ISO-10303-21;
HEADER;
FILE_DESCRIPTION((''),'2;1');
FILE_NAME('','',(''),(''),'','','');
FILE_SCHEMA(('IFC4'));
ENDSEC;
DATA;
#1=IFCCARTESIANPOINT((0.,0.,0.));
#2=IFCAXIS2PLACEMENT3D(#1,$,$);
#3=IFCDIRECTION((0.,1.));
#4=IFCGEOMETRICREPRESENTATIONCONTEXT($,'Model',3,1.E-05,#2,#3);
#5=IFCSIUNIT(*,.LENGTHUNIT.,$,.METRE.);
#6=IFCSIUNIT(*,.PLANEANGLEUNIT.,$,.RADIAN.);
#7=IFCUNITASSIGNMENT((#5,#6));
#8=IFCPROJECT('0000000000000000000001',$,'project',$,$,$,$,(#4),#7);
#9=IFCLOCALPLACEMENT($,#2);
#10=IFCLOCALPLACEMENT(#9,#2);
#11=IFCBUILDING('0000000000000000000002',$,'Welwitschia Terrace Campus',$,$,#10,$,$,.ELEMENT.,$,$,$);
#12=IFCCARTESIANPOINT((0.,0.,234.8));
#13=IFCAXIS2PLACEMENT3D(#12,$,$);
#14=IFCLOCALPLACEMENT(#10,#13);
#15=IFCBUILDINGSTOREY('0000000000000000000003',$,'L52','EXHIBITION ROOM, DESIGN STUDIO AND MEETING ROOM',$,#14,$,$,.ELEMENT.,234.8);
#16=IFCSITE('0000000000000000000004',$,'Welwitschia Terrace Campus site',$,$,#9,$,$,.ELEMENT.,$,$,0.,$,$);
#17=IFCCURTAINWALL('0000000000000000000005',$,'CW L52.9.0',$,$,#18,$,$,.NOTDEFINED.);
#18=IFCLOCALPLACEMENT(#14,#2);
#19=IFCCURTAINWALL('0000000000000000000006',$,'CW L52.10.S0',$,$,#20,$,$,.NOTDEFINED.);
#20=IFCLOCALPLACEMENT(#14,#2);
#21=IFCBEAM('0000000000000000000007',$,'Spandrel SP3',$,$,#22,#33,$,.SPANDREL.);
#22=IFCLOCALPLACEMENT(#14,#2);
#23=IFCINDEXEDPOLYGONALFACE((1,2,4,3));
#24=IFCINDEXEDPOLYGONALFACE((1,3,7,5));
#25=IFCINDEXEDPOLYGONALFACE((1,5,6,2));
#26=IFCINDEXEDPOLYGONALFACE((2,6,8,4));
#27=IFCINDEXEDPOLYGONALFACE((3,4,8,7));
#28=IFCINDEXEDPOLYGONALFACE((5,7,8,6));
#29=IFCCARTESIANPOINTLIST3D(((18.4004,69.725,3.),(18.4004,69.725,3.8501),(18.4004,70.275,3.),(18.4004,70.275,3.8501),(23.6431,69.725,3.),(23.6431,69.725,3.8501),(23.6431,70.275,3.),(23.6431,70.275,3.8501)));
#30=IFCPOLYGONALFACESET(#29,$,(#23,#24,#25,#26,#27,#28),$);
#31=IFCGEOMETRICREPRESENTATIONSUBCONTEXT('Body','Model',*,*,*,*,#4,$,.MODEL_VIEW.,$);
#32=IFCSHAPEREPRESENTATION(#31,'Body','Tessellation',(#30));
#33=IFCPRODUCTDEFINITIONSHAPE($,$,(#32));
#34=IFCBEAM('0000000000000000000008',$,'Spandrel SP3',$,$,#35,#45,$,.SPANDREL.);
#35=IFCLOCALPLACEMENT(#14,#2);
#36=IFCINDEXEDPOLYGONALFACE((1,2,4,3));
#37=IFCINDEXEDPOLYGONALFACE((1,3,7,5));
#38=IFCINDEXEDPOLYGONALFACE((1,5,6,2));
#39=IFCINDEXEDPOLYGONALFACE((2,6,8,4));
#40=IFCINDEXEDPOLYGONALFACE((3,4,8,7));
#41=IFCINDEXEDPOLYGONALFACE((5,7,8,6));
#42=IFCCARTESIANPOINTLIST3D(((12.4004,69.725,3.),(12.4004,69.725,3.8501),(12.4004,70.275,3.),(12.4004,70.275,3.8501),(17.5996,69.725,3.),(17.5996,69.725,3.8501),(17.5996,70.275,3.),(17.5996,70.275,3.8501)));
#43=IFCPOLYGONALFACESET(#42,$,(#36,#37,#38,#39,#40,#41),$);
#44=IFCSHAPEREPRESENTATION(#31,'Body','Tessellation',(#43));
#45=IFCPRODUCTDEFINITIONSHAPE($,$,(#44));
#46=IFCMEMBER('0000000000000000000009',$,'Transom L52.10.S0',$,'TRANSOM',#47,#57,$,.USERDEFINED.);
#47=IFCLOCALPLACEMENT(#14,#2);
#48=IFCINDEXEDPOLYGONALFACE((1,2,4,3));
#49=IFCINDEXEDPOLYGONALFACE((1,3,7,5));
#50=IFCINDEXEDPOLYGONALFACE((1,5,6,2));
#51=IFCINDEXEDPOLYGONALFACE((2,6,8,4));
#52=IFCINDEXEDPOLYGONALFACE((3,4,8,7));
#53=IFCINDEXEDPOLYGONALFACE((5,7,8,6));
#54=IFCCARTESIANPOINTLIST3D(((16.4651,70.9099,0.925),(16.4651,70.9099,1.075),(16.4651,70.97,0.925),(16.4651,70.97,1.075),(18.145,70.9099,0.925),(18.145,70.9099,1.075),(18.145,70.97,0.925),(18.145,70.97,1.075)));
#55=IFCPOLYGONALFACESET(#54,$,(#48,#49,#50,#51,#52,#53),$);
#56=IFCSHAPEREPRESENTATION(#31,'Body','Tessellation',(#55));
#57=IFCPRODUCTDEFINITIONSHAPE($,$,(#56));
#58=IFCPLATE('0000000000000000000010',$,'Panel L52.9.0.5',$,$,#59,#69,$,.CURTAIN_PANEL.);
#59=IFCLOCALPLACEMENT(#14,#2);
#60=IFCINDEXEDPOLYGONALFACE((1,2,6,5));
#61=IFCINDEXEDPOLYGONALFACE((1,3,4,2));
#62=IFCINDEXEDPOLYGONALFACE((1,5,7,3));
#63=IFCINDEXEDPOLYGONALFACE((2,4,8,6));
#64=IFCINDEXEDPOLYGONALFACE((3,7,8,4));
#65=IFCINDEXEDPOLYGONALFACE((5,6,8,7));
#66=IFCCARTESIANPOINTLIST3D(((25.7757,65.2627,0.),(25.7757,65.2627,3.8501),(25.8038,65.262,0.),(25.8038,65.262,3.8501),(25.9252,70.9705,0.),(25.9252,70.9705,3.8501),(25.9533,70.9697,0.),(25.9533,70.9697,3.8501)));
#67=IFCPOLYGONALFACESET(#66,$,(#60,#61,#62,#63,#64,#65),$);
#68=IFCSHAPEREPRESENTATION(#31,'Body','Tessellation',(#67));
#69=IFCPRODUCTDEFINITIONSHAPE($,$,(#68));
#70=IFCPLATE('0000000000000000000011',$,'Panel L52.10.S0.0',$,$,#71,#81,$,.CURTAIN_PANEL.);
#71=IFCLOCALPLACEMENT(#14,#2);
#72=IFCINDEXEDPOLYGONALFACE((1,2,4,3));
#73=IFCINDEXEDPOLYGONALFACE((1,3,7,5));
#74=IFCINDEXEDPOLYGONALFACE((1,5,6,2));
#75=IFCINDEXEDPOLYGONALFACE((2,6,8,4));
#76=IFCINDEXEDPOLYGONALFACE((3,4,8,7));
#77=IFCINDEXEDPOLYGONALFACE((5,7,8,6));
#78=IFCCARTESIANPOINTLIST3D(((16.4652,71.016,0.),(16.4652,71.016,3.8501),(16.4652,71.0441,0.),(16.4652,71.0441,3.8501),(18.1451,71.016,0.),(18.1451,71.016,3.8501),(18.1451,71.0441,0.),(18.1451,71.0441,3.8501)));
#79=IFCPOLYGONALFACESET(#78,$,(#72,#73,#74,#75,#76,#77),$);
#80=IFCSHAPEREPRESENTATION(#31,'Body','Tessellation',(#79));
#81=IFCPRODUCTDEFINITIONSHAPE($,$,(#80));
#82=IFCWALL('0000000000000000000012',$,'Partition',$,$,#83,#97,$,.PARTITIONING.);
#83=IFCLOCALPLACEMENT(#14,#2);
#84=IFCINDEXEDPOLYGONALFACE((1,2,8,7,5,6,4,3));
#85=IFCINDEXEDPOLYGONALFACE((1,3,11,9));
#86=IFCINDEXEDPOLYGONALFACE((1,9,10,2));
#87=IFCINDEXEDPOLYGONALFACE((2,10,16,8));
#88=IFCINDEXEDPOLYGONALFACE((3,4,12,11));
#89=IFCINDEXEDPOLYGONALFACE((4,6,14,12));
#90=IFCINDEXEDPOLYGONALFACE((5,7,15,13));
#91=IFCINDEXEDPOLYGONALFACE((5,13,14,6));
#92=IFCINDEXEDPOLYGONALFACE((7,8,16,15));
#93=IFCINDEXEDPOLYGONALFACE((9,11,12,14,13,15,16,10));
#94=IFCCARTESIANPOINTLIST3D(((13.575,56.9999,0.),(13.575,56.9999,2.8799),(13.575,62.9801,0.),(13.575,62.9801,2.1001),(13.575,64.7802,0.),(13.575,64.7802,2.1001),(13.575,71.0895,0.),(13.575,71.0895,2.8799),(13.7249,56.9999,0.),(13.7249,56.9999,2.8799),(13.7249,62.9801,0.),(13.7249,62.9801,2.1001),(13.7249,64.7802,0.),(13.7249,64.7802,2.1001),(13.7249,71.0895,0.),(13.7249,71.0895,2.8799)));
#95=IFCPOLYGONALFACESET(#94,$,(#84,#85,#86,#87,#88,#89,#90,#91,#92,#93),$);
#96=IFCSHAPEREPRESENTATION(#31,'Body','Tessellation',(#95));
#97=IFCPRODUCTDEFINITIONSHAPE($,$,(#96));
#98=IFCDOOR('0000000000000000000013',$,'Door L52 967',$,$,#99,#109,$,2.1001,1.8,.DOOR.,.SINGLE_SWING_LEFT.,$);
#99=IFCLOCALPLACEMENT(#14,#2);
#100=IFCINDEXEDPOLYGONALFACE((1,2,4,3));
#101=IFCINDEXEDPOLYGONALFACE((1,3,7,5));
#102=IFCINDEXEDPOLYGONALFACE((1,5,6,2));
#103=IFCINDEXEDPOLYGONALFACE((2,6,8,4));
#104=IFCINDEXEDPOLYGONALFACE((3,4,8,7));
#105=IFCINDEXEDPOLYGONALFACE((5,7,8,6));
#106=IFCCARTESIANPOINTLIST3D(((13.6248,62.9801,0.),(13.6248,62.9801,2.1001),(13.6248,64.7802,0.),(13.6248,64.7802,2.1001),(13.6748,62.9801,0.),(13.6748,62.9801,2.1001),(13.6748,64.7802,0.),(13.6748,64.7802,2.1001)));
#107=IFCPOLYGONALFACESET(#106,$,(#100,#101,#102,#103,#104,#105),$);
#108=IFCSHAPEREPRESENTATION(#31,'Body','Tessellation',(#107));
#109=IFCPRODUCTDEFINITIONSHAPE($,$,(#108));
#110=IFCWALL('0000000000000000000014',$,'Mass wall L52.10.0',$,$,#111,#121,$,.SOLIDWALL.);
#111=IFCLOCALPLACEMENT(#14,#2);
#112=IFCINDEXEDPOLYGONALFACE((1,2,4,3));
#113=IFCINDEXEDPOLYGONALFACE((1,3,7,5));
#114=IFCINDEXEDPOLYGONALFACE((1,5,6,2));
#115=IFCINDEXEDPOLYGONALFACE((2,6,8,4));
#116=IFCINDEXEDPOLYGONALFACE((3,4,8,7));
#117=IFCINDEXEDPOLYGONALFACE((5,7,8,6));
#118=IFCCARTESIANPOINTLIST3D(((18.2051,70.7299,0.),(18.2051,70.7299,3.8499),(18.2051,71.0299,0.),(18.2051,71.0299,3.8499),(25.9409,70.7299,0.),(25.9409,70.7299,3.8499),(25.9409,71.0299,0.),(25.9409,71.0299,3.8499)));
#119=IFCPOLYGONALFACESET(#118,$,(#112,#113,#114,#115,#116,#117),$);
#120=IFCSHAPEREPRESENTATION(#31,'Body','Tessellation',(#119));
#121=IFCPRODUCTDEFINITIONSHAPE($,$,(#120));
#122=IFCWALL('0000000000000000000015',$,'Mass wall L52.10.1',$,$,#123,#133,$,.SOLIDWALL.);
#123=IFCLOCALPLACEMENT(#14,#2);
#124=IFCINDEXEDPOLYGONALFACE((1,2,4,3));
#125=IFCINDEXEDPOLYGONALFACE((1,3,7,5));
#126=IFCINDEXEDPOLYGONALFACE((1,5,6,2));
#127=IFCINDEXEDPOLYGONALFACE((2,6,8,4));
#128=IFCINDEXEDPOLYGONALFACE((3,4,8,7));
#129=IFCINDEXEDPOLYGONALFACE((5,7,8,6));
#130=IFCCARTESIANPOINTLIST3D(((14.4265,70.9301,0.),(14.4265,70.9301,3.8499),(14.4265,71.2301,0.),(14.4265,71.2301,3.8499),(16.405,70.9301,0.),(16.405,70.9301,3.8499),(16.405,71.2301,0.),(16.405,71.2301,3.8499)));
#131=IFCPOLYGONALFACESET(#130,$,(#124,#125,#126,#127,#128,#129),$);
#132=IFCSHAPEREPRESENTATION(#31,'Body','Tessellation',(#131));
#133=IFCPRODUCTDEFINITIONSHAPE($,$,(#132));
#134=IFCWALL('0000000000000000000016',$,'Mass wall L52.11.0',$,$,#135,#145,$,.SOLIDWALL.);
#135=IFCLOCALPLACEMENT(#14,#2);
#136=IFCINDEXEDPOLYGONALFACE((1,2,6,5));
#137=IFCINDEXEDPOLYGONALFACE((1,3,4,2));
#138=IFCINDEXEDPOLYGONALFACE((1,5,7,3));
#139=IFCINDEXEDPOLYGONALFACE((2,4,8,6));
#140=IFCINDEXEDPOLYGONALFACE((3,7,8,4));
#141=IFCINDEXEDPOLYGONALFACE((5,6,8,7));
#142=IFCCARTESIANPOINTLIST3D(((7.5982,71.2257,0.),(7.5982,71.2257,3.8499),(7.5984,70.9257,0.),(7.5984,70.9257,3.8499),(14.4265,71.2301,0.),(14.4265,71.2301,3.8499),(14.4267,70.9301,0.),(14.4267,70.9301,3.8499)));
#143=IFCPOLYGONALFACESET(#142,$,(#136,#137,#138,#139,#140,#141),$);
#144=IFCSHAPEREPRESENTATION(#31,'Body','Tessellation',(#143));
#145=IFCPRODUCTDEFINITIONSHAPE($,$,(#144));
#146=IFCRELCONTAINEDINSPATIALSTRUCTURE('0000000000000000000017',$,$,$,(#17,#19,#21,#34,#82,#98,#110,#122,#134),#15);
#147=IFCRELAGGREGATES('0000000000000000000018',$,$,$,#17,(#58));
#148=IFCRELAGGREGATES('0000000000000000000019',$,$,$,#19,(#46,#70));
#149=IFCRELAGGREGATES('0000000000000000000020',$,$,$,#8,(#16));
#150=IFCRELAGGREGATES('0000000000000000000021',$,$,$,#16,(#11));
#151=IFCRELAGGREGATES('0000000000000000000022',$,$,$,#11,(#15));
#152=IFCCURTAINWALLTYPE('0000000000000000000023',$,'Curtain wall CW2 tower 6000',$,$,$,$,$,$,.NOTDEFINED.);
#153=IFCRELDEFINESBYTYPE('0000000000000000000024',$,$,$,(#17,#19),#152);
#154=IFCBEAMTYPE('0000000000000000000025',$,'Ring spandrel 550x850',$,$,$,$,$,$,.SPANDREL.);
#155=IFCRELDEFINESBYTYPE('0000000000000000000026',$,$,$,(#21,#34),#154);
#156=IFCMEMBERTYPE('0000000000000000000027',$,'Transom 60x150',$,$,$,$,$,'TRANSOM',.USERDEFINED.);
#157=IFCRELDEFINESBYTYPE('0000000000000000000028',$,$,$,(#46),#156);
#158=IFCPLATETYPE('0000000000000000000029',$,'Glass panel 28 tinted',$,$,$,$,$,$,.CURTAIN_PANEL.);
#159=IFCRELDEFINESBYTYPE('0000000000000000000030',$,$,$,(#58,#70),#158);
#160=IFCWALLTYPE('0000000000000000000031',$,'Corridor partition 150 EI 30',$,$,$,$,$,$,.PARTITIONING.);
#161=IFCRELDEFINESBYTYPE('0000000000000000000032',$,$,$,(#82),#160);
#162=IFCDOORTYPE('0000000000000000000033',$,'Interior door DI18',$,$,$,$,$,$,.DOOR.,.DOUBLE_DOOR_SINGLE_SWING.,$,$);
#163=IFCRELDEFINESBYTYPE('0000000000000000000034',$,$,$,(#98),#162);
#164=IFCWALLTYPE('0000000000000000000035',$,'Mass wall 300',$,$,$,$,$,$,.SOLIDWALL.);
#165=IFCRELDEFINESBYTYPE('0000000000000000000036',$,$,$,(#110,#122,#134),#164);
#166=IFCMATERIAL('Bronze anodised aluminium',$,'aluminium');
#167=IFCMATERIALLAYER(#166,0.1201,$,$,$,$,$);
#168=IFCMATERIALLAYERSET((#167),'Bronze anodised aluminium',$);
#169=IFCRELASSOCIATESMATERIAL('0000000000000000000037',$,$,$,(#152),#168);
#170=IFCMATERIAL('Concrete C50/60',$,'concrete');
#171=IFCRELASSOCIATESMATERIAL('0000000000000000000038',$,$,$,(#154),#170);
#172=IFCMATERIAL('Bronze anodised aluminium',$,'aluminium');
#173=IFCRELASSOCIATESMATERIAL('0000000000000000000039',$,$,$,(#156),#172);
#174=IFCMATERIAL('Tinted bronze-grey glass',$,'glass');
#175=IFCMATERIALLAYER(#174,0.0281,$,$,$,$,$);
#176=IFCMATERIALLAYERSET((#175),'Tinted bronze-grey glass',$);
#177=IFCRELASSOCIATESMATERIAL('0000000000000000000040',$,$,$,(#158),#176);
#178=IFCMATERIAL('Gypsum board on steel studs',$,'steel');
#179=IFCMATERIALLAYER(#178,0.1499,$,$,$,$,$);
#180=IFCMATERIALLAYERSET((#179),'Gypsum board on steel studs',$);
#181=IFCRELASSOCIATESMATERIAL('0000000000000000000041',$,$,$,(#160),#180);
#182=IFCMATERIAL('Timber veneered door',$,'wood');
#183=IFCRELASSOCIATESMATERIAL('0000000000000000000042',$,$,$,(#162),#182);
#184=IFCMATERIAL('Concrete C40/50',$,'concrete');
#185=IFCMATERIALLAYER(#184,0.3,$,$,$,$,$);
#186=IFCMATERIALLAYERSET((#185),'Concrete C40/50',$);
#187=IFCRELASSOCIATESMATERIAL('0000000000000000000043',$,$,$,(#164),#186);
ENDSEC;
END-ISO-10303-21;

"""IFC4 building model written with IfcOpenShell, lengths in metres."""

from ifc_helpers import new_model, si_unit, direction, frame, frame_2d, origin, origin_2d, place, context, subcontext, project, spatial, rectangle, extrude, material, layer, layer_set, material_profile, profile_set, type_object, element, fill, aggregate, save


model = new_model("IFC4")

# Units and contexts
model_context = context("Model", 3, precision=1e-05, world=origin(), true_north=direction((0.0, 1.0)))
body_context = subcontext(model_context, "Body", "Model", "MODEL_VIEW")
ifc_project = project(units=[si_unit("LENGTHUNIT", "METRE"), si_unit("PLANEANGLEUNIT", "RADIAN")], contexts=[model_context])

# Site, building, storey
site_placement = place(None, origin())
site = spatial("IfcSite", under=ifc_project, at=site_placement, Name="Welwitschia Terrace Campus site", CompositionType="ELEMENT", RefElevation=0.0)
building_placement = place(site_placement, origin())
building = spatial("IfcBuilding", under=site, at=building_placement, Name="Welwitschia Terrace Campus", CompositionType="ELEMENT")
storey_placement = place(building_placement, frame((0.0, 0.0, 234.8)))
storey = spatial("IfcBuildingStorey", under=building, at=storey_placement, Name="L52", Description="EXHIBITION ROOM, DESIGN STUDIO AND MEETING ROOM", CompositionType="ELEMENT", Elevation=234.8)

# Curtain walls
ifc_material_1 = material(Name="Bronze anodised aluminium", Category="aluminium")
ifc_layer_1 = layer(ifc_material_1, 0.1201)
ifc_layer_set_1 = layer_set([ifc_layer_1], Name="Bronze anodised aluminium")
curtain_wall_type = type_object("IfcCurtainWallType", Name="Curtain wall CW2 tower 6000", PredefinedType="NOTDEFINED", material=ifc_layer_set_1)
curtain_wall_1_placement = place(storey_placement, origin())
curtain_wall_1 = element("IfcCurtainWall", 1, at=curtain_wall_1_placement, inside=storey, type_object=curtain_wall_type, Name="CW L52.9.0", PredefinedType="NOTDEFINED")
curtain_wall_2_placement = place(storey_placement, origin())
curtain_wall_2 = element("IfcCurtainWall", 2, at=curtain_wall_2_placement, inside=storey, type_object=curtain_wall_type, Name="CW L52.10.S0", PredefinedType="NOTDEFINED")

# Beams
ifc_material_2 = material(Name="Concrete C50/60", Category="concrete")
ifc_material_profile_1 = material_profile(ifc_material_2, rectangle(XDim=0.55, YDim=0.8501, at=origin_2d()))
ifc_profile_set_1 = profile_set([ifc_material_profile_1], Name="Concrete C50/60")
beam_type_1 = type_object("IfcBeamType", Name="Ring spandrel 550x850", PredefinedType="SPANDREL", material=ifc_profile_set_1)
for number, where, z_axis, x_axis, name in (
    (3, (23.6431, 70.0, 3.425), (-1.0, 0.0, 0.0), (0.0, -1.0, 0.0), "Spandrel SP3"),
):
    element("IfcBeam", number, at=place(storey_placement, frame(where, z_axis=z_axis, x_axis=x_axis)), inside=storey, type_object=beam_type_1, Name=name, PredefinedType="SPANDREL", context=body_context, shape_type="SweptSolid", body=[
        extrude(rectangle(XDim=0.55, YDim=0.8501, at=origin_2d()), origin(), (0.0, 0.0, 1.0), 5.2427),
    ])
beam_1_placement = place(storey_placement, frame((17.5996, 70.0, 3.425), z_axis=(-1.0, 0.0, 0.0), x_axis=(0.0, -1.0, 0.0)))
element("IfcBeam", 4, at=beam_1_placement, inside=storey, type_object=beam_type_1, Name="Spandrel SP3", PredefinedType="SPANDREL", context=body_context, shape_type="SweptSolid", body=[
    extrude(rectangle(XDim=0.55, YDim=0.8501, at=origin_2d()), origin(), (0.0, 0.0, 1.0), 5.1992),
])

# Member
ifc_material_3 = material(Name="Bronze anodised aluminium", Category="aluminium")
ifc_material_profile_2 = material_profile(ifc_material_3, rectangle(XDim=0.0601, YDim=0.1499, at=origin_2d()))
ifc_profile_set_2 = profile_set([ifc_material_profile_2], Name="Bronze anodised aluminium")
member_type_1 = type_object("IfcMemberType", Name="Transom 60x150", ElementType="TRANSOM", PredefinedType="USERDEFINED", material=ifc_profile_set_2)
member_1_placement = place(storey_placement, frame((18.145, 70.9399, 1.0), z_axis=(-1.0, 0.0, 0.0), x_axis=(0.0, -1.0, 0.0)))
member_1 = element("IfcMember", 5, at=member_1_placement, type_object=member_type_1, Name="Transom L52.10.S0", ObjectType="TRANSOM", PredefinedType="USERDEFINED", context=body_context, shape_type="SweptSolid", body=[
    extrude(rectangle(XDim=0.0601, YDim=0.1499, at=origin_2d()), origin(), (0.0, 0.0, 1.0), 1.6799),
])

# Plates
ifc_material_4 = material(Name="Tinted bronze-grey glass", Category="glass")
ifc_layer_2 = layer(ifc_material_4, 0.0281)
ifc_layer_set_2 = layer_set([ifc_layer_2], Name="Tinted bronze-grey glass")
plate_type = type_object("IfcPlateType", Name="Glass panel 28 tinted", PredefinedType="CURTAIN_PANEL", material=ifc_layer_set_2)
plate_1_placement = place(storey_placement, frame((25.8645, 68.1162, 0.0), z_axis=(0.0, 0.0, 1.0), x_axis=(0.026177, 0.999657, 0.0)))
plate_1 = element("IfcPlate", 6, at=plate_1_placement, type_object=plate_type, Name="Panel L52.9.0.5", PredefinedType="CURTAIN_PANEL", context=body_context, shape_type="SweptSolid", body=[
    extrude(rectangle(XDim=5.7097, YDim=0.0281, at=origin_2d()), origin(), (0.0, 0.0, 1.0), 3.8501),
])
aggregate(curtain_wall_1, [plate_1])
plate_2_placement = place(storey_placement, frame((17.3052, 71.03, 0.0), z_axis=(0.0, 0.0, 1.0), x_axis=(-1.0, 0.0, 0.0)))
plate_2 = element("IfcPlate", 7, at=plate_2_placement, type_object=plate_type, Name="Panel L52.10.S0.0", PredefinedType="CURTAIN_PANEL", context=body_context, shape_type="SweptSolid", body=[
    extrude(rectangle(XDim=1.6799, YDim=0.0281, at=origin_2d()), origin(), (0.0, 0.0, 1.0), 3.8501),
])
aggregate(curtain_wall_2, [member_1, plate_2])

# Wall, opening, door
ifc_material_5 = material(Name="Gypsum board on steel studs", Category="steel")
ifc_layer_3 = layer(ifc_material_5, 0.1499)
ifc_layer_set_3 = layer_set([ifc_layer_3], Name="Gypsum board on steel studs")
wall_type_1 = type_object("IfcWallType", Name="Corridor partition 150 EI 30", PredefinedType="PARTITIONING", material=ifc_layer_set_3)
wall_1_placement = place(storey_placement, frame((13.6499, 71.0896, 0.0), z_axis=(0.0, 0.0, 1.0), x_axis=(0.0, -1.0, 0.0)))
wall_1 = element("IfcWall", 8, at=wall_1_placement, inside=storey, type_object=wall_type_1, Name="Partition", PredefinedType="PARTITIONING", context=body_context, shape_type="SweptSolid", body=[
    extrude(rectangle(XDim=14.0896, YDim=0.1499, at=frame_2d((7.0449, 0.0))), origin(), (0.0, 0.0, 1.0), 2.8799),
])
opening_placement = place(wall_1_placement, frame((6.3096, 0.0, 0.0)))
opening = element("IfcOpeningElement", 9, at=opening_placement, cuts=wall_1, PredefinedType="OPENING", context=body_context, shape_type="SweptSolid", body=[
    extrude(rectangle(XDim=1.8, YDim=2.1001, at=frame_2d((0.8999, 1.05))), frame((0.0, 0.085, 0.0), z_axis=(0.0, -1.0, 0.0), x_axis=(1.0, 0.0, 0.0)), (0.0, 0.0, 1.0), 0.1699),
])
ifc_material_6 = material(Name="Timber veneered door", Category="wood")
door_type = type_object("IfcDoorType", Name="Interior door DI18", OperationType="DOUBLE_DOOR_SINGLE_SWING", PredefinedType="DOOR", material=ifc_material_6)
door_placement = place(opening_placement, origin())
door = element("IfcDoor", 10, at=door_placement, inside=storey, type_object=door_type, Name="Door L52 967", OperationType="SINGLE_SWING_LEFT", OverallHeight=2.1001, OverallWidth=1.8, PredefinedType="DOOR", context=body_context, shape_type="SweptSolid", body=[
    extrude(rectangle(XDim=1.8, YDim=2.1001, at=frame_2d((0.8999, 1.05))), frame((0.0, 0.0249, 0.0), z_axis=(0.0, -1.0, 0.0), x_axis=(1.0, 0.0, 0.0)), (0.0, 0.0, 1.0), 0.05),
])
fill(opening, door)

# Walls
ifc_material_7 = material(Name="Concrete C40/50", Category="concrete")
ifc_layer_4 = layer(ifc_material_7, 0.3)
ifc_layer_set_4 = layer_set([ifc_layer_4], Name="Concrete C40/50")
wall_type_2 = type_object("IfcWallType", Name="Mass wall 300", PredefinedType="SOLIDWALL", material=ifc_layer_set_4)
wall_2_placement = place(storey_placement, frame((25.9409, 70.8799, 0.0), z_axis=(0.0, 0.0, 1.0), x_axis=(-1.0, 0.0, 0.0)))
element("IfcWall", 11, at=wall_2_placement, inside=storey, type_object=wall_type_2, Name="Mass wall L52.10.0", PredefinedType="SOLIDWALL", context=body_context, shape_type="SweptSolid", body=[
    extrude(rectangle(XDim=7.7358, YDim=0.3, at=frame_2d((3.8679, 0.0))), origin(), (0.0, 0.0, 1.0), 3.8499),
])
wall_3_placement = place(storey_placement, frame((16.405, 71.0801, 0.0), z_axis=(0.0, 0.0, 1.0), x_axis=(-1.0, 0.0, 0.0)))
element("IfcWall", 12, at=wall_3_placement, inside=storey, type_object=wall_type_2, Name="Mass wall L52.10.1", PredefinedType="SOLIDWALL", context=body_context, shape_type="SweptSolid", body=[
    extrude(rectangle(XDim=1.9785, YDim=0.3, at=frame_2d((0.9893, 0.0))), origin(), (0.0, 0.0, 1.0), 3.8499),
])
wall_4_placement = place(storey_placement, frame((14.4265, 71.0801, 0.0), z_axis=(0.0, 0.0, 1.0), x_axis=(-1.0, -0.000644, 0.0)))
element("IfcWall", 13, at=wall_4_placement, inside=storey, type_object=wall_type_2, Name="Mass wall L52.11.0", PredefinedType="SOLIDWALL", context=body_context, shape_type="SweptSolid", body=[
    extrude(rectangle(XDim=6.8284, YDim=0.3, at=frame_2d((3.4141, 0.0))), origin(), (0.0, 0.0, 1.0), 3.8499),
])

save(model, "model.ifc")
